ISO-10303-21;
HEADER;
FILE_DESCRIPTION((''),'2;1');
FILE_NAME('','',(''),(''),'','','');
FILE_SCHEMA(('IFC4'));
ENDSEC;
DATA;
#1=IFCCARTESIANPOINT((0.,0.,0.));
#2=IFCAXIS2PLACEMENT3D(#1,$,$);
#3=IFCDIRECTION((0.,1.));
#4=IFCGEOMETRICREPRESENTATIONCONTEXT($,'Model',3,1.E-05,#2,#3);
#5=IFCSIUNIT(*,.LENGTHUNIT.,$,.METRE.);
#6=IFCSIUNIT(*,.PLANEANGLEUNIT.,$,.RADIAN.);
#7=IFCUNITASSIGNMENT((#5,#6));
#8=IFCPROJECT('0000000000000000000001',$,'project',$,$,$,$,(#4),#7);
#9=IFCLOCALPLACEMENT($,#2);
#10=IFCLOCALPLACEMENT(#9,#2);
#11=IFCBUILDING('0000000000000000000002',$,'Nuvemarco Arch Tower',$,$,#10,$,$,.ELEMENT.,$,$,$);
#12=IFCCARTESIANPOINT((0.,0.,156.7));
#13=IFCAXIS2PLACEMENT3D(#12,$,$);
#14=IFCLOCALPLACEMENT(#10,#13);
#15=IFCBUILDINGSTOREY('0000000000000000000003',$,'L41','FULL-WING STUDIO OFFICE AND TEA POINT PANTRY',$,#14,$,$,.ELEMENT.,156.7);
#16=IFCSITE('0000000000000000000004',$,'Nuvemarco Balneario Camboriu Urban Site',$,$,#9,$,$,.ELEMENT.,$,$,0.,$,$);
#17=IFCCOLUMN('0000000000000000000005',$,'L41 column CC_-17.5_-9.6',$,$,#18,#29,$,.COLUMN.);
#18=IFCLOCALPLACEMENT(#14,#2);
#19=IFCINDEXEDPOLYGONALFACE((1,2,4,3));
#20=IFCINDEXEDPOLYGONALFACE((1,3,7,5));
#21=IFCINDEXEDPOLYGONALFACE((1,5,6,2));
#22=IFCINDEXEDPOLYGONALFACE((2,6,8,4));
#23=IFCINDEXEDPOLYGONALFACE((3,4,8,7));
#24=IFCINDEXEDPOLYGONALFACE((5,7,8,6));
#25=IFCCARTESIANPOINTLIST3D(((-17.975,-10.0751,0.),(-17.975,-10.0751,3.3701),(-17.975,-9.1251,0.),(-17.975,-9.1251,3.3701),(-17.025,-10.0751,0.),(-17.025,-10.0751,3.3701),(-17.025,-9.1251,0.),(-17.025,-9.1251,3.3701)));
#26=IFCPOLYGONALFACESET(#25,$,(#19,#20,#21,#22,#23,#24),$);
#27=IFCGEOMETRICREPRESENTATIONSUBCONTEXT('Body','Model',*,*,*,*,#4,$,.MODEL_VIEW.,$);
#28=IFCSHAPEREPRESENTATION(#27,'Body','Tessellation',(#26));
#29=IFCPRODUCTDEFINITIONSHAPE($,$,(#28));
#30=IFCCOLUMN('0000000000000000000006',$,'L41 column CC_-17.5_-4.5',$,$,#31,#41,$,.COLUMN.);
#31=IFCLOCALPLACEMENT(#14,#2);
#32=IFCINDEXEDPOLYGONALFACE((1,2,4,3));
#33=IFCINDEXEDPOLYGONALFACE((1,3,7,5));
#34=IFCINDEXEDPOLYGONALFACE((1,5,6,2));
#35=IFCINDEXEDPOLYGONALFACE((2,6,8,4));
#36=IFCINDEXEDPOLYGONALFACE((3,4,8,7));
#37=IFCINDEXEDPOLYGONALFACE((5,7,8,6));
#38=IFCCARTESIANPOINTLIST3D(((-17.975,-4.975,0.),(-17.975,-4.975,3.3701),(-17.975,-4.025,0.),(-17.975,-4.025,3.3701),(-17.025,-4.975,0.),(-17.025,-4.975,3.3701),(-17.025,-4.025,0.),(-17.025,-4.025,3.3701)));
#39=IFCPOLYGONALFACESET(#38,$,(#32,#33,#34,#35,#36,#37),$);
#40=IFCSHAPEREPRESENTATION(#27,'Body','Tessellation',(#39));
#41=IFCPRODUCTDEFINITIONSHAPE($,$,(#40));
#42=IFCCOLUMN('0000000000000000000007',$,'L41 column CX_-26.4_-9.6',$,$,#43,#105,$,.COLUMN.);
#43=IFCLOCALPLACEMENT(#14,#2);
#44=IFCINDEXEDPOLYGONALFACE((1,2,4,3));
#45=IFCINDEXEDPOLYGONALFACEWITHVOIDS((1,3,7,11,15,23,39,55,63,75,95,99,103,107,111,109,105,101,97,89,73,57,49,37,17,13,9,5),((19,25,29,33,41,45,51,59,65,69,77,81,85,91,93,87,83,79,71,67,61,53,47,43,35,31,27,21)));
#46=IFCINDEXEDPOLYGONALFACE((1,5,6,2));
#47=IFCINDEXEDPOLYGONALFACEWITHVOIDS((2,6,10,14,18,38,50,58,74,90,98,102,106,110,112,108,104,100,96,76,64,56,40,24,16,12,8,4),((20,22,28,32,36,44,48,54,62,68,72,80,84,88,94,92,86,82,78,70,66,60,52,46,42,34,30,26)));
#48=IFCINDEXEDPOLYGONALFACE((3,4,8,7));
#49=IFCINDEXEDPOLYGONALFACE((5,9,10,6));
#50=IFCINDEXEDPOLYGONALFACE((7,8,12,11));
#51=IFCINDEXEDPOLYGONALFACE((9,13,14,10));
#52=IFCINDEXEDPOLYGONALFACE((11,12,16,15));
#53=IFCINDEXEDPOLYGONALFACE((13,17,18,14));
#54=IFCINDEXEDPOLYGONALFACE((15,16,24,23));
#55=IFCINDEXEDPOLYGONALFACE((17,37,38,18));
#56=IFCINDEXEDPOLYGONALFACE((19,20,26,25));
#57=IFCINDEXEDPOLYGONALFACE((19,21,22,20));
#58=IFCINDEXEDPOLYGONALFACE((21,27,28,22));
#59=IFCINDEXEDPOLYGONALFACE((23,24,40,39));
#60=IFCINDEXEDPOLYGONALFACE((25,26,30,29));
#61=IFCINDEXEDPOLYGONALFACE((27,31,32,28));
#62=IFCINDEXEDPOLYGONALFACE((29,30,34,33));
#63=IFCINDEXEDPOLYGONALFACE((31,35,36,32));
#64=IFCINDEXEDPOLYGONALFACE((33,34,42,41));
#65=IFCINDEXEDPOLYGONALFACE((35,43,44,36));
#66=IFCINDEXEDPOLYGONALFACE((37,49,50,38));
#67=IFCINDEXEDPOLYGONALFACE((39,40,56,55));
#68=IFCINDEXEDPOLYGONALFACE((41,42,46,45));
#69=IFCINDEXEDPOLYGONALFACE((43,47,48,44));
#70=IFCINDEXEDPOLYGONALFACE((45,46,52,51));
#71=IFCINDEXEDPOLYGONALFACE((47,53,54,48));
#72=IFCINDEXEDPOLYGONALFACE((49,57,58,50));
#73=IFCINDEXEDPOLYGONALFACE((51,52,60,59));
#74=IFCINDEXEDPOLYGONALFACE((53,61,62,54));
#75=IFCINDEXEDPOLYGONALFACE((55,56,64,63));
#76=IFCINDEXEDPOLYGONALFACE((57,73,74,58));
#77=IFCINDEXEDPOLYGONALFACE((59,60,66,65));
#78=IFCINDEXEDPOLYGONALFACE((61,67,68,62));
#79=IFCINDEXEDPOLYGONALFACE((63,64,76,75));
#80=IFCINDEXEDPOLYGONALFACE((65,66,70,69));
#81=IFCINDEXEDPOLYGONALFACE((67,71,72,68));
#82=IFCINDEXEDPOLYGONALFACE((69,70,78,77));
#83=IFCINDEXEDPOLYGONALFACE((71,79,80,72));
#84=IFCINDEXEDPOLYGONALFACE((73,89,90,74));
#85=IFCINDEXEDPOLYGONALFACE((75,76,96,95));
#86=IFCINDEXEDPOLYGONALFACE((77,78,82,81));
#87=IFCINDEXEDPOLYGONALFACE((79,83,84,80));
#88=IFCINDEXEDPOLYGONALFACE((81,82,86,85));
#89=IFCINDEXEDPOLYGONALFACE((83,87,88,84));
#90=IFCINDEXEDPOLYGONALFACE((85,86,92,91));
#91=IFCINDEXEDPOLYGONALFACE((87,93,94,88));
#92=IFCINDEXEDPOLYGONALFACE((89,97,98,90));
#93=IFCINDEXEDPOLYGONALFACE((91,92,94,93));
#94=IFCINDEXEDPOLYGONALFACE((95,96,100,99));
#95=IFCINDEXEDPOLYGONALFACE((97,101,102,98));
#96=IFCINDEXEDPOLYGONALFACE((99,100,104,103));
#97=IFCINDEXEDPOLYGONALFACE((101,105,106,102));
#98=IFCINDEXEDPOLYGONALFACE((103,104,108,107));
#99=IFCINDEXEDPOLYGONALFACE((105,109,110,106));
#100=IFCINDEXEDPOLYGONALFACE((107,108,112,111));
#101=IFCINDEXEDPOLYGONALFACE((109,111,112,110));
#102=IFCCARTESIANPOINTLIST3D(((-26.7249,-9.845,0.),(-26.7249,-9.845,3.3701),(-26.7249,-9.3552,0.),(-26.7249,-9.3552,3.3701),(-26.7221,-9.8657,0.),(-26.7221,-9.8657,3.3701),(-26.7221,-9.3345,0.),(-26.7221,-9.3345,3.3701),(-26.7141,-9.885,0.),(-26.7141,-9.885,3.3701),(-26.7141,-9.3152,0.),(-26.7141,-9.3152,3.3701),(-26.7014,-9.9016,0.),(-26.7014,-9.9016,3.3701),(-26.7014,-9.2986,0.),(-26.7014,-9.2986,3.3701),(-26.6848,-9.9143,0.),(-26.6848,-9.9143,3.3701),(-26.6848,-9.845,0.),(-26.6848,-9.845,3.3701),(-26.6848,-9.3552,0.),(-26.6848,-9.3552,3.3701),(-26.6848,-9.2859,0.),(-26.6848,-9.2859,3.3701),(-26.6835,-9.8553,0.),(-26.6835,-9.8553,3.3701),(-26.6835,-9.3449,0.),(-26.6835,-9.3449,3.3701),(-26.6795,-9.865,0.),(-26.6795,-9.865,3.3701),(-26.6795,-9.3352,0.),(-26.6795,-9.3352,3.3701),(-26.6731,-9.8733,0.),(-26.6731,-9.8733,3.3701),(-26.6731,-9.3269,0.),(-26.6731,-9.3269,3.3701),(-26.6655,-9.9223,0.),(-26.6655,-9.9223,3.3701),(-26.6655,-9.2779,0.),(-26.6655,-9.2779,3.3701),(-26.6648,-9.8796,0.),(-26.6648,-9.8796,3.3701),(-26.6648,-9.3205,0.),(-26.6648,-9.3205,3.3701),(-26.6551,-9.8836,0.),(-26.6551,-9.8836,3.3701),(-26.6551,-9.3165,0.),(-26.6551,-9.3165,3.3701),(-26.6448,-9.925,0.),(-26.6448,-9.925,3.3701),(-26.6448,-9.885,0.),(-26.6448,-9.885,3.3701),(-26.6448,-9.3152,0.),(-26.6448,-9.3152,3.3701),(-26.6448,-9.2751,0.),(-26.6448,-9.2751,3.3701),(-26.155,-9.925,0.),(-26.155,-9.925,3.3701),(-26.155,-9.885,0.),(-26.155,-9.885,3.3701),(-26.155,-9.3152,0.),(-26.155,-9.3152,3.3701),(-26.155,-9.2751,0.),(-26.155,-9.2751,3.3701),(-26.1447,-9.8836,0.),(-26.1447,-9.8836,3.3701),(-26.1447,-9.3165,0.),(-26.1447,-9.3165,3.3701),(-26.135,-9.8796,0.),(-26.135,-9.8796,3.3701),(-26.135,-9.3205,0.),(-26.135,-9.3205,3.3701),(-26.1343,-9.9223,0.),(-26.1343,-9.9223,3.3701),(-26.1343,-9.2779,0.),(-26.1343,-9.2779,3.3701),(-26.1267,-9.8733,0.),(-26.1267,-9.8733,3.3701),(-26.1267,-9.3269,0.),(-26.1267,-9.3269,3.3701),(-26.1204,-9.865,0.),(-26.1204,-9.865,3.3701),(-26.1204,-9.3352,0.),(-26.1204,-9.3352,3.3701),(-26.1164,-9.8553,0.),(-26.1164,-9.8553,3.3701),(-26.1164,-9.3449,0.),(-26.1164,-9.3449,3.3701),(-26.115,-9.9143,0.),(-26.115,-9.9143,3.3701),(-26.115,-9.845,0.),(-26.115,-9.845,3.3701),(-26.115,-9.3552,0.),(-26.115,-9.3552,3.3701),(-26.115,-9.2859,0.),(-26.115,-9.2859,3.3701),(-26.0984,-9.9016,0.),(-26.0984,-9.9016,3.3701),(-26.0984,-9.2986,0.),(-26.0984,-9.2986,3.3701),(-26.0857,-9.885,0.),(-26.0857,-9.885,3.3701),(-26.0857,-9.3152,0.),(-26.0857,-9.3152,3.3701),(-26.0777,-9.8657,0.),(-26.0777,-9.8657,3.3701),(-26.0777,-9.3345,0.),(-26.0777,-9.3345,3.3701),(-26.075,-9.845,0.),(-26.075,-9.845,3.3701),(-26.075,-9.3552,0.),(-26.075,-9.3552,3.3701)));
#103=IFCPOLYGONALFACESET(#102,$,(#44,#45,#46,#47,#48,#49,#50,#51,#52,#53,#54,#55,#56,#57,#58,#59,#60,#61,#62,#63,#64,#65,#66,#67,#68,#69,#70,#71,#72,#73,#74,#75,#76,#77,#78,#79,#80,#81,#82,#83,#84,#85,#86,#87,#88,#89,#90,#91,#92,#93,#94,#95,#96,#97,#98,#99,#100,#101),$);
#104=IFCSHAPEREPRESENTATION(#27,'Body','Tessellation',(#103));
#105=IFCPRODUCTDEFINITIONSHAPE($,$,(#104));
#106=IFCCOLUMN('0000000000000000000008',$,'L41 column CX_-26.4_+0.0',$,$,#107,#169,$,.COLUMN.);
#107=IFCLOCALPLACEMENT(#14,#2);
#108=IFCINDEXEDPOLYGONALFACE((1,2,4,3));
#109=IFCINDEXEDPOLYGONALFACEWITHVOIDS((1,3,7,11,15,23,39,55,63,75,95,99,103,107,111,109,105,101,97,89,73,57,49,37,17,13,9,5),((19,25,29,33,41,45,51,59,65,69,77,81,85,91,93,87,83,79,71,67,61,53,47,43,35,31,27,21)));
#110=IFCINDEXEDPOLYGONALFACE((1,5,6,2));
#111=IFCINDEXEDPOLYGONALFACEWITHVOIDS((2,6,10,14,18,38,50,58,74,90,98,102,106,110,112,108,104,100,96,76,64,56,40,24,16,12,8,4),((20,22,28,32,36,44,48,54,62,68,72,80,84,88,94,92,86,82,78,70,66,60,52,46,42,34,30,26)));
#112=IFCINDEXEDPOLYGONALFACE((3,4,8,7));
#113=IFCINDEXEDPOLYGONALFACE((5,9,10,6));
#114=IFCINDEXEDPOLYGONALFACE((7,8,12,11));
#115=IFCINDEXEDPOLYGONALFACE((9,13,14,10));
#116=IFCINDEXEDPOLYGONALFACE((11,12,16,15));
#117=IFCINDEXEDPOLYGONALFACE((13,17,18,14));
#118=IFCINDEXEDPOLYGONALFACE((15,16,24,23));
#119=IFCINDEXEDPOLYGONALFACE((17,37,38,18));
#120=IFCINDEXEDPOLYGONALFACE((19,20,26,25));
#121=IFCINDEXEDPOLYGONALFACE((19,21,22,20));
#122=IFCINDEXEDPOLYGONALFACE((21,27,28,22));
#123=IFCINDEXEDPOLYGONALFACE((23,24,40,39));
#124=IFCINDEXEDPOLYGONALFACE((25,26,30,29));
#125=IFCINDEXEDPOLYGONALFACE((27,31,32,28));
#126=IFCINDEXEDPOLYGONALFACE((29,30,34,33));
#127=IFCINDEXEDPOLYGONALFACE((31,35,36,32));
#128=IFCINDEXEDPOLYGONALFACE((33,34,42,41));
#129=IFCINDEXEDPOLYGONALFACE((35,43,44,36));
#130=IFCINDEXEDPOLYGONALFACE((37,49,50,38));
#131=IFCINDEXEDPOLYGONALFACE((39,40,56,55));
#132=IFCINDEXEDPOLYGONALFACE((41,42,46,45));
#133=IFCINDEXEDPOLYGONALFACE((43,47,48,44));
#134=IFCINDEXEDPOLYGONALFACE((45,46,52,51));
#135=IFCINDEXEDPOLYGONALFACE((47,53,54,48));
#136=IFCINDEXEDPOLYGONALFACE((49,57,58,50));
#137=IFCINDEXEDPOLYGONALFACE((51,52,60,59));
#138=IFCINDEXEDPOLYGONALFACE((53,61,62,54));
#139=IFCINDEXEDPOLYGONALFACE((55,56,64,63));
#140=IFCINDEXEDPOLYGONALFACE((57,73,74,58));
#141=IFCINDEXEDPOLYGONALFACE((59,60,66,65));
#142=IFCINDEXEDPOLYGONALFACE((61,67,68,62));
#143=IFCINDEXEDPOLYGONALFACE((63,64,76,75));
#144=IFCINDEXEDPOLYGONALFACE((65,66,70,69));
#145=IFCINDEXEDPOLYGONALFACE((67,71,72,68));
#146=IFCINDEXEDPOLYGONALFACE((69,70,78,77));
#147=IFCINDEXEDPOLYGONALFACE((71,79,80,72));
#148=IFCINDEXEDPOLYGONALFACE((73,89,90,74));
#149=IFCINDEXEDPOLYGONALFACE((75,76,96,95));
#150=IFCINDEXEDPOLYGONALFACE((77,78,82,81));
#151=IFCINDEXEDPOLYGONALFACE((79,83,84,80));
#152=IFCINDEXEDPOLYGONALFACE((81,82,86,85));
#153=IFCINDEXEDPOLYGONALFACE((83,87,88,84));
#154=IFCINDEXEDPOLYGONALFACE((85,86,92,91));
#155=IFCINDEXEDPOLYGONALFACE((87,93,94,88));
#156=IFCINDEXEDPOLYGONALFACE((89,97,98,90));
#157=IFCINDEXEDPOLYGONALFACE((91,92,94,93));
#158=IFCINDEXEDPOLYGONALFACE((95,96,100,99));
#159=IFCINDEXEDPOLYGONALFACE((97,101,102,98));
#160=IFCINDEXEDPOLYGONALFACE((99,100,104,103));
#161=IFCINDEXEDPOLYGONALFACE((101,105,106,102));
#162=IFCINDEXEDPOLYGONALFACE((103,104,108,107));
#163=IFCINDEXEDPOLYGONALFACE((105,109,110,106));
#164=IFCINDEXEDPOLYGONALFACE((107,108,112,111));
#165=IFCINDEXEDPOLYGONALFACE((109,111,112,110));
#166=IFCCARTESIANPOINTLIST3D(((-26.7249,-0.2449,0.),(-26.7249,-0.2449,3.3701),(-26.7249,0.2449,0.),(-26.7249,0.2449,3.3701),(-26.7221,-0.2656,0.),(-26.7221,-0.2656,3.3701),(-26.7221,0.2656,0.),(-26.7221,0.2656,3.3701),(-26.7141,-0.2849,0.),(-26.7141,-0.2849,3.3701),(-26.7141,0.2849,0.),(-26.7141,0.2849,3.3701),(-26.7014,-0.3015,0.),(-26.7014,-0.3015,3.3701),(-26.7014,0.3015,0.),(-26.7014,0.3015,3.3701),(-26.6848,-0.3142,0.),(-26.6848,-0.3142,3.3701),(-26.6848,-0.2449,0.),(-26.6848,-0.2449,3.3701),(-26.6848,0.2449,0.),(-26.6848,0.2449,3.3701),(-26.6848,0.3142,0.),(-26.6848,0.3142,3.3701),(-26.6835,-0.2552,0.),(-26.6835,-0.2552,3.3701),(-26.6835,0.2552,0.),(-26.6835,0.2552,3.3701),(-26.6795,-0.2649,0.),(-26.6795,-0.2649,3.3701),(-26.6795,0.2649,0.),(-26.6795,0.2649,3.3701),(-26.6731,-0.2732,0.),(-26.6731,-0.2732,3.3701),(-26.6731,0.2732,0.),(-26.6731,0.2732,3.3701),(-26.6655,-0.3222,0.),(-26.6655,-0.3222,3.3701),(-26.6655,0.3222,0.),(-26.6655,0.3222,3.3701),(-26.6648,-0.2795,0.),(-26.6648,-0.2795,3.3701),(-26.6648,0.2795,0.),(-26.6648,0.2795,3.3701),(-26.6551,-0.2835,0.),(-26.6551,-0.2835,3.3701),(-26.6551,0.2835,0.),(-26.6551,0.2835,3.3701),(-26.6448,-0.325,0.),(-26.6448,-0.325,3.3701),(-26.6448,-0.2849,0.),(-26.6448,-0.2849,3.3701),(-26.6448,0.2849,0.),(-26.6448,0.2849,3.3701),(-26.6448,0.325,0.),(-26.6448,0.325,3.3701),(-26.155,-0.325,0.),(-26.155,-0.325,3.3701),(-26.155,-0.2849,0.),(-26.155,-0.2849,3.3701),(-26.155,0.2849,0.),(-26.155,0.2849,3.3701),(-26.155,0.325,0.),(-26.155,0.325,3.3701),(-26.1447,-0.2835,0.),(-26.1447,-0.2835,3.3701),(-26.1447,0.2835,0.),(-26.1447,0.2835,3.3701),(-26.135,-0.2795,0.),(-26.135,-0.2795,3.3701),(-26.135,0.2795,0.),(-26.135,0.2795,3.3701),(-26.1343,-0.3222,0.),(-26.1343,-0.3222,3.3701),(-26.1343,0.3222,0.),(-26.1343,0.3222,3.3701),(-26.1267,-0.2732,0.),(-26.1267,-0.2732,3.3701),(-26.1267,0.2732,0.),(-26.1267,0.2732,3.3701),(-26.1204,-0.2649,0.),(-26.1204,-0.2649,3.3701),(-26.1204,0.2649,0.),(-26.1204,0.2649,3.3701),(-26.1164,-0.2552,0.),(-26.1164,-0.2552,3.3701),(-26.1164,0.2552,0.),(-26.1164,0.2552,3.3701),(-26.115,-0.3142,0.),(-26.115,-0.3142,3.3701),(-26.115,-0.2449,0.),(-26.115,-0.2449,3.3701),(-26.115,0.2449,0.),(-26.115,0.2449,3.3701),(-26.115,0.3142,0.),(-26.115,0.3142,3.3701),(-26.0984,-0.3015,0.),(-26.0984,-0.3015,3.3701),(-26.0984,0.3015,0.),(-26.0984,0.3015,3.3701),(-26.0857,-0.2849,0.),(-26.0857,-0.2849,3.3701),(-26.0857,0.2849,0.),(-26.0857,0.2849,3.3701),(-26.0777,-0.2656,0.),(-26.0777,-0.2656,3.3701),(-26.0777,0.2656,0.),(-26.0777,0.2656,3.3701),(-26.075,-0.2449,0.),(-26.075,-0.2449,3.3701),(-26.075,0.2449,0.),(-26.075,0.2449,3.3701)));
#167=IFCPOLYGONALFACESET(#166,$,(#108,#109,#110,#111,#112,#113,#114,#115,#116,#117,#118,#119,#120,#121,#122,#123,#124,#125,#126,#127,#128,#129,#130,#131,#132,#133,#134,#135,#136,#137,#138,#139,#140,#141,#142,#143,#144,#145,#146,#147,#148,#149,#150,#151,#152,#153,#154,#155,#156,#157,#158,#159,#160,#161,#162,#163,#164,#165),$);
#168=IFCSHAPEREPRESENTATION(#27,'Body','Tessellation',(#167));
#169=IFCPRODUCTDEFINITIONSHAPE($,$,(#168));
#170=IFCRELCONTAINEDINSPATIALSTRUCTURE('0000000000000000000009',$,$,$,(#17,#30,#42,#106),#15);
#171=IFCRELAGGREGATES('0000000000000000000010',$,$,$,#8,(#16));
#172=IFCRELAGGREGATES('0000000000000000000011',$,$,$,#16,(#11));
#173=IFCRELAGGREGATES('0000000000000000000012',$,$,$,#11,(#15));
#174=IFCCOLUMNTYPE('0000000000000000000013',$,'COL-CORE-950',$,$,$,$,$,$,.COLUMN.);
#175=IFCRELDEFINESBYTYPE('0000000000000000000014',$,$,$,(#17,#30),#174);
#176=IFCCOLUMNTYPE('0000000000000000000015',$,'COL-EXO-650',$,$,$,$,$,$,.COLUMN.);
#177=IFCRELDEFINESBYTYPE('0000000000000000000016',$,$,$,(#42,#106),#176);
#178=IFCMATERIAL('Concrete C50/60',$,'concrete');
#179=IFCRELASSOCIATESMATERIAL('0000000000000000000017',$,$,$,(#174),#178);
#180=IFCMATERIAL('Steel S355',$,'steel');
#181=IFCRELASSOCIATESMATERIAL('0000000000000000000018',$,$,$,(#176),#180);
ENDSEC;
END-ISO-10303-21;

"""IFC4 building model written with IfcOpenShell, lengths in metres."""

from ifc_helpers import new_model, si_unit, direction, frame, origin, origin_2d, place, context, subcontext, project, spatial, rectangle, hollow_rectangle, extrude, material, material_profile, profile_set, type_object, element, save


model = new_model("IFC4")

# Units and contexts
model_context = context("Model", 3, precision=1e-05, world=origin(), true_north=direction((0.0, 1.0)))
body_context = subcontext(model_context, "Body", "Model", "MODEL_VIEW")
ifc_project = project(units=[si_unit("LENGTHUNIT", "METRE"), si_unit("PLANEANGLEUNIT", "RADIAN")], contexts=[model_context])

# Site, building, storey
site_placement = place(None, origin())
site = spatial("IfcSite", under=ifc_project, at=site_placement, Name="Nuvemarco Balneario Camboriu Urban Site", CompositionType="ELEMENT", RefElevation=0.0)
building_placement = place(site_placement, origin())
building = spatial("IfcBuilding", under=site, at=building_placement, Name="Nuvemarco Arch Tower", CompositionType="ELEMENT")
storey_placement = place(building_placement, frame((0.0, 0.0, 156.7)))
storey = spatial("IfcBuildingStorey", under=building, at=storey_placement, Name="L41", Description="FULL-WING STUDIO OFFICE AND TEA POINT PANTRY", CompositionType="ELEMENT", Elevation=156.7)

# Columns
ifc_material_1 = material(Name="Concrete C50/60", Category="concrete")
ifc_material_profile_1 = material_profile(ifc_material_1, rectangle(XDim=0.95, YDim=0.95, at=origin_2d()), Name="RC-COL-950x950")
ifc_profile_set_1 = profile_set([ifc_material_profile_1], Name="Concrete C50/60")
column_type_1 = type_object("IfcColumnType", Name="COL-CORE-950", PredefinedType="COLUMN", material=ifc_profile_set_1)
for number, where, z_axis, x_axis, name in (
    (1, (-17.5, -9.6001, 0.0), (0.0, 0.0, 1.0), (1.0, 0.0, 0.0), "L41 column CC_-17.5_-9.6"),
    (2, (-17.5, -4.5, 0.0), (0.0, 0.0, 1.0), (1.0, 0.0, 0.0), "L41 column CC_-17.5_-4.5"),
):
    element("IfcColumn", number, at=place(storey_placement, frame(where, z_axis=z_axis, x_axis=x_axis)), inside=storey, type_object=column_type_1, Name=name, PredefinedType="COLUMN", context=body_context, shape_type="SweptSolid", body=[
        extrude(rectangle(XDim=0.95, YDim=0.95, at=origin_2d()), origin(), (0.0, 0.0, 1.0), 3.3701),
    ])
ifc_material_2 = material(Name="Steel S355", Category="steel")
ifc_material_profile_2 = material_profile(ifc_material_2, hollow_rectangle(XDim=0.6499, YDim=0.6499, WallThickness=0.04, InnerFilletRadius=0.04, OuterFilletRadius=0.0801, at=origin_2d()), Name="SHS650x650x40")
ifc_profile_set_2 = profile_set([ifc_material_profile_2], Name="Steel S355")
column_type_2 = type_object("IfcColumnType", Name="COL-EXO-650", PredefinedType="COLUMN", material=ifc_profile_set_2)
for number, where, z_axis, x_axis, name in (
    (3, (-26.3999, -9.6001, 0.0), (0.0, 0.0, 1.0), (1.0, 0.0, 0.0), "L41 column CX_-26.4_-9.6"),
    (4, (-26.3999, 0.0, 0.0), (0.0, 0.0, 1.0), (1.0, 0.0, 0.0), "L41 column CX_-26.4_+0.0"),
):
    element("IfcColumn", number, at=place(storey_placement, frame(where, z_axis=z_axis, x_axis=x_axis)), inside=storey, type_object=column_type_2, Name=name, PredefinedType="COLUMN", context=body_context, shape_type="SweptSolid", body=[
        extrude(hollow_rectangle(XDim=0.6499, YDim=0.6499, WallThickness=0.04, InnerFilletRadius=0.04, OuterFilletRadius=0.0801, at=origin_2d()), origin(), (0.0, 0.0, 1.0), 3.3701),
    ])

save(model, "model.ifc")
